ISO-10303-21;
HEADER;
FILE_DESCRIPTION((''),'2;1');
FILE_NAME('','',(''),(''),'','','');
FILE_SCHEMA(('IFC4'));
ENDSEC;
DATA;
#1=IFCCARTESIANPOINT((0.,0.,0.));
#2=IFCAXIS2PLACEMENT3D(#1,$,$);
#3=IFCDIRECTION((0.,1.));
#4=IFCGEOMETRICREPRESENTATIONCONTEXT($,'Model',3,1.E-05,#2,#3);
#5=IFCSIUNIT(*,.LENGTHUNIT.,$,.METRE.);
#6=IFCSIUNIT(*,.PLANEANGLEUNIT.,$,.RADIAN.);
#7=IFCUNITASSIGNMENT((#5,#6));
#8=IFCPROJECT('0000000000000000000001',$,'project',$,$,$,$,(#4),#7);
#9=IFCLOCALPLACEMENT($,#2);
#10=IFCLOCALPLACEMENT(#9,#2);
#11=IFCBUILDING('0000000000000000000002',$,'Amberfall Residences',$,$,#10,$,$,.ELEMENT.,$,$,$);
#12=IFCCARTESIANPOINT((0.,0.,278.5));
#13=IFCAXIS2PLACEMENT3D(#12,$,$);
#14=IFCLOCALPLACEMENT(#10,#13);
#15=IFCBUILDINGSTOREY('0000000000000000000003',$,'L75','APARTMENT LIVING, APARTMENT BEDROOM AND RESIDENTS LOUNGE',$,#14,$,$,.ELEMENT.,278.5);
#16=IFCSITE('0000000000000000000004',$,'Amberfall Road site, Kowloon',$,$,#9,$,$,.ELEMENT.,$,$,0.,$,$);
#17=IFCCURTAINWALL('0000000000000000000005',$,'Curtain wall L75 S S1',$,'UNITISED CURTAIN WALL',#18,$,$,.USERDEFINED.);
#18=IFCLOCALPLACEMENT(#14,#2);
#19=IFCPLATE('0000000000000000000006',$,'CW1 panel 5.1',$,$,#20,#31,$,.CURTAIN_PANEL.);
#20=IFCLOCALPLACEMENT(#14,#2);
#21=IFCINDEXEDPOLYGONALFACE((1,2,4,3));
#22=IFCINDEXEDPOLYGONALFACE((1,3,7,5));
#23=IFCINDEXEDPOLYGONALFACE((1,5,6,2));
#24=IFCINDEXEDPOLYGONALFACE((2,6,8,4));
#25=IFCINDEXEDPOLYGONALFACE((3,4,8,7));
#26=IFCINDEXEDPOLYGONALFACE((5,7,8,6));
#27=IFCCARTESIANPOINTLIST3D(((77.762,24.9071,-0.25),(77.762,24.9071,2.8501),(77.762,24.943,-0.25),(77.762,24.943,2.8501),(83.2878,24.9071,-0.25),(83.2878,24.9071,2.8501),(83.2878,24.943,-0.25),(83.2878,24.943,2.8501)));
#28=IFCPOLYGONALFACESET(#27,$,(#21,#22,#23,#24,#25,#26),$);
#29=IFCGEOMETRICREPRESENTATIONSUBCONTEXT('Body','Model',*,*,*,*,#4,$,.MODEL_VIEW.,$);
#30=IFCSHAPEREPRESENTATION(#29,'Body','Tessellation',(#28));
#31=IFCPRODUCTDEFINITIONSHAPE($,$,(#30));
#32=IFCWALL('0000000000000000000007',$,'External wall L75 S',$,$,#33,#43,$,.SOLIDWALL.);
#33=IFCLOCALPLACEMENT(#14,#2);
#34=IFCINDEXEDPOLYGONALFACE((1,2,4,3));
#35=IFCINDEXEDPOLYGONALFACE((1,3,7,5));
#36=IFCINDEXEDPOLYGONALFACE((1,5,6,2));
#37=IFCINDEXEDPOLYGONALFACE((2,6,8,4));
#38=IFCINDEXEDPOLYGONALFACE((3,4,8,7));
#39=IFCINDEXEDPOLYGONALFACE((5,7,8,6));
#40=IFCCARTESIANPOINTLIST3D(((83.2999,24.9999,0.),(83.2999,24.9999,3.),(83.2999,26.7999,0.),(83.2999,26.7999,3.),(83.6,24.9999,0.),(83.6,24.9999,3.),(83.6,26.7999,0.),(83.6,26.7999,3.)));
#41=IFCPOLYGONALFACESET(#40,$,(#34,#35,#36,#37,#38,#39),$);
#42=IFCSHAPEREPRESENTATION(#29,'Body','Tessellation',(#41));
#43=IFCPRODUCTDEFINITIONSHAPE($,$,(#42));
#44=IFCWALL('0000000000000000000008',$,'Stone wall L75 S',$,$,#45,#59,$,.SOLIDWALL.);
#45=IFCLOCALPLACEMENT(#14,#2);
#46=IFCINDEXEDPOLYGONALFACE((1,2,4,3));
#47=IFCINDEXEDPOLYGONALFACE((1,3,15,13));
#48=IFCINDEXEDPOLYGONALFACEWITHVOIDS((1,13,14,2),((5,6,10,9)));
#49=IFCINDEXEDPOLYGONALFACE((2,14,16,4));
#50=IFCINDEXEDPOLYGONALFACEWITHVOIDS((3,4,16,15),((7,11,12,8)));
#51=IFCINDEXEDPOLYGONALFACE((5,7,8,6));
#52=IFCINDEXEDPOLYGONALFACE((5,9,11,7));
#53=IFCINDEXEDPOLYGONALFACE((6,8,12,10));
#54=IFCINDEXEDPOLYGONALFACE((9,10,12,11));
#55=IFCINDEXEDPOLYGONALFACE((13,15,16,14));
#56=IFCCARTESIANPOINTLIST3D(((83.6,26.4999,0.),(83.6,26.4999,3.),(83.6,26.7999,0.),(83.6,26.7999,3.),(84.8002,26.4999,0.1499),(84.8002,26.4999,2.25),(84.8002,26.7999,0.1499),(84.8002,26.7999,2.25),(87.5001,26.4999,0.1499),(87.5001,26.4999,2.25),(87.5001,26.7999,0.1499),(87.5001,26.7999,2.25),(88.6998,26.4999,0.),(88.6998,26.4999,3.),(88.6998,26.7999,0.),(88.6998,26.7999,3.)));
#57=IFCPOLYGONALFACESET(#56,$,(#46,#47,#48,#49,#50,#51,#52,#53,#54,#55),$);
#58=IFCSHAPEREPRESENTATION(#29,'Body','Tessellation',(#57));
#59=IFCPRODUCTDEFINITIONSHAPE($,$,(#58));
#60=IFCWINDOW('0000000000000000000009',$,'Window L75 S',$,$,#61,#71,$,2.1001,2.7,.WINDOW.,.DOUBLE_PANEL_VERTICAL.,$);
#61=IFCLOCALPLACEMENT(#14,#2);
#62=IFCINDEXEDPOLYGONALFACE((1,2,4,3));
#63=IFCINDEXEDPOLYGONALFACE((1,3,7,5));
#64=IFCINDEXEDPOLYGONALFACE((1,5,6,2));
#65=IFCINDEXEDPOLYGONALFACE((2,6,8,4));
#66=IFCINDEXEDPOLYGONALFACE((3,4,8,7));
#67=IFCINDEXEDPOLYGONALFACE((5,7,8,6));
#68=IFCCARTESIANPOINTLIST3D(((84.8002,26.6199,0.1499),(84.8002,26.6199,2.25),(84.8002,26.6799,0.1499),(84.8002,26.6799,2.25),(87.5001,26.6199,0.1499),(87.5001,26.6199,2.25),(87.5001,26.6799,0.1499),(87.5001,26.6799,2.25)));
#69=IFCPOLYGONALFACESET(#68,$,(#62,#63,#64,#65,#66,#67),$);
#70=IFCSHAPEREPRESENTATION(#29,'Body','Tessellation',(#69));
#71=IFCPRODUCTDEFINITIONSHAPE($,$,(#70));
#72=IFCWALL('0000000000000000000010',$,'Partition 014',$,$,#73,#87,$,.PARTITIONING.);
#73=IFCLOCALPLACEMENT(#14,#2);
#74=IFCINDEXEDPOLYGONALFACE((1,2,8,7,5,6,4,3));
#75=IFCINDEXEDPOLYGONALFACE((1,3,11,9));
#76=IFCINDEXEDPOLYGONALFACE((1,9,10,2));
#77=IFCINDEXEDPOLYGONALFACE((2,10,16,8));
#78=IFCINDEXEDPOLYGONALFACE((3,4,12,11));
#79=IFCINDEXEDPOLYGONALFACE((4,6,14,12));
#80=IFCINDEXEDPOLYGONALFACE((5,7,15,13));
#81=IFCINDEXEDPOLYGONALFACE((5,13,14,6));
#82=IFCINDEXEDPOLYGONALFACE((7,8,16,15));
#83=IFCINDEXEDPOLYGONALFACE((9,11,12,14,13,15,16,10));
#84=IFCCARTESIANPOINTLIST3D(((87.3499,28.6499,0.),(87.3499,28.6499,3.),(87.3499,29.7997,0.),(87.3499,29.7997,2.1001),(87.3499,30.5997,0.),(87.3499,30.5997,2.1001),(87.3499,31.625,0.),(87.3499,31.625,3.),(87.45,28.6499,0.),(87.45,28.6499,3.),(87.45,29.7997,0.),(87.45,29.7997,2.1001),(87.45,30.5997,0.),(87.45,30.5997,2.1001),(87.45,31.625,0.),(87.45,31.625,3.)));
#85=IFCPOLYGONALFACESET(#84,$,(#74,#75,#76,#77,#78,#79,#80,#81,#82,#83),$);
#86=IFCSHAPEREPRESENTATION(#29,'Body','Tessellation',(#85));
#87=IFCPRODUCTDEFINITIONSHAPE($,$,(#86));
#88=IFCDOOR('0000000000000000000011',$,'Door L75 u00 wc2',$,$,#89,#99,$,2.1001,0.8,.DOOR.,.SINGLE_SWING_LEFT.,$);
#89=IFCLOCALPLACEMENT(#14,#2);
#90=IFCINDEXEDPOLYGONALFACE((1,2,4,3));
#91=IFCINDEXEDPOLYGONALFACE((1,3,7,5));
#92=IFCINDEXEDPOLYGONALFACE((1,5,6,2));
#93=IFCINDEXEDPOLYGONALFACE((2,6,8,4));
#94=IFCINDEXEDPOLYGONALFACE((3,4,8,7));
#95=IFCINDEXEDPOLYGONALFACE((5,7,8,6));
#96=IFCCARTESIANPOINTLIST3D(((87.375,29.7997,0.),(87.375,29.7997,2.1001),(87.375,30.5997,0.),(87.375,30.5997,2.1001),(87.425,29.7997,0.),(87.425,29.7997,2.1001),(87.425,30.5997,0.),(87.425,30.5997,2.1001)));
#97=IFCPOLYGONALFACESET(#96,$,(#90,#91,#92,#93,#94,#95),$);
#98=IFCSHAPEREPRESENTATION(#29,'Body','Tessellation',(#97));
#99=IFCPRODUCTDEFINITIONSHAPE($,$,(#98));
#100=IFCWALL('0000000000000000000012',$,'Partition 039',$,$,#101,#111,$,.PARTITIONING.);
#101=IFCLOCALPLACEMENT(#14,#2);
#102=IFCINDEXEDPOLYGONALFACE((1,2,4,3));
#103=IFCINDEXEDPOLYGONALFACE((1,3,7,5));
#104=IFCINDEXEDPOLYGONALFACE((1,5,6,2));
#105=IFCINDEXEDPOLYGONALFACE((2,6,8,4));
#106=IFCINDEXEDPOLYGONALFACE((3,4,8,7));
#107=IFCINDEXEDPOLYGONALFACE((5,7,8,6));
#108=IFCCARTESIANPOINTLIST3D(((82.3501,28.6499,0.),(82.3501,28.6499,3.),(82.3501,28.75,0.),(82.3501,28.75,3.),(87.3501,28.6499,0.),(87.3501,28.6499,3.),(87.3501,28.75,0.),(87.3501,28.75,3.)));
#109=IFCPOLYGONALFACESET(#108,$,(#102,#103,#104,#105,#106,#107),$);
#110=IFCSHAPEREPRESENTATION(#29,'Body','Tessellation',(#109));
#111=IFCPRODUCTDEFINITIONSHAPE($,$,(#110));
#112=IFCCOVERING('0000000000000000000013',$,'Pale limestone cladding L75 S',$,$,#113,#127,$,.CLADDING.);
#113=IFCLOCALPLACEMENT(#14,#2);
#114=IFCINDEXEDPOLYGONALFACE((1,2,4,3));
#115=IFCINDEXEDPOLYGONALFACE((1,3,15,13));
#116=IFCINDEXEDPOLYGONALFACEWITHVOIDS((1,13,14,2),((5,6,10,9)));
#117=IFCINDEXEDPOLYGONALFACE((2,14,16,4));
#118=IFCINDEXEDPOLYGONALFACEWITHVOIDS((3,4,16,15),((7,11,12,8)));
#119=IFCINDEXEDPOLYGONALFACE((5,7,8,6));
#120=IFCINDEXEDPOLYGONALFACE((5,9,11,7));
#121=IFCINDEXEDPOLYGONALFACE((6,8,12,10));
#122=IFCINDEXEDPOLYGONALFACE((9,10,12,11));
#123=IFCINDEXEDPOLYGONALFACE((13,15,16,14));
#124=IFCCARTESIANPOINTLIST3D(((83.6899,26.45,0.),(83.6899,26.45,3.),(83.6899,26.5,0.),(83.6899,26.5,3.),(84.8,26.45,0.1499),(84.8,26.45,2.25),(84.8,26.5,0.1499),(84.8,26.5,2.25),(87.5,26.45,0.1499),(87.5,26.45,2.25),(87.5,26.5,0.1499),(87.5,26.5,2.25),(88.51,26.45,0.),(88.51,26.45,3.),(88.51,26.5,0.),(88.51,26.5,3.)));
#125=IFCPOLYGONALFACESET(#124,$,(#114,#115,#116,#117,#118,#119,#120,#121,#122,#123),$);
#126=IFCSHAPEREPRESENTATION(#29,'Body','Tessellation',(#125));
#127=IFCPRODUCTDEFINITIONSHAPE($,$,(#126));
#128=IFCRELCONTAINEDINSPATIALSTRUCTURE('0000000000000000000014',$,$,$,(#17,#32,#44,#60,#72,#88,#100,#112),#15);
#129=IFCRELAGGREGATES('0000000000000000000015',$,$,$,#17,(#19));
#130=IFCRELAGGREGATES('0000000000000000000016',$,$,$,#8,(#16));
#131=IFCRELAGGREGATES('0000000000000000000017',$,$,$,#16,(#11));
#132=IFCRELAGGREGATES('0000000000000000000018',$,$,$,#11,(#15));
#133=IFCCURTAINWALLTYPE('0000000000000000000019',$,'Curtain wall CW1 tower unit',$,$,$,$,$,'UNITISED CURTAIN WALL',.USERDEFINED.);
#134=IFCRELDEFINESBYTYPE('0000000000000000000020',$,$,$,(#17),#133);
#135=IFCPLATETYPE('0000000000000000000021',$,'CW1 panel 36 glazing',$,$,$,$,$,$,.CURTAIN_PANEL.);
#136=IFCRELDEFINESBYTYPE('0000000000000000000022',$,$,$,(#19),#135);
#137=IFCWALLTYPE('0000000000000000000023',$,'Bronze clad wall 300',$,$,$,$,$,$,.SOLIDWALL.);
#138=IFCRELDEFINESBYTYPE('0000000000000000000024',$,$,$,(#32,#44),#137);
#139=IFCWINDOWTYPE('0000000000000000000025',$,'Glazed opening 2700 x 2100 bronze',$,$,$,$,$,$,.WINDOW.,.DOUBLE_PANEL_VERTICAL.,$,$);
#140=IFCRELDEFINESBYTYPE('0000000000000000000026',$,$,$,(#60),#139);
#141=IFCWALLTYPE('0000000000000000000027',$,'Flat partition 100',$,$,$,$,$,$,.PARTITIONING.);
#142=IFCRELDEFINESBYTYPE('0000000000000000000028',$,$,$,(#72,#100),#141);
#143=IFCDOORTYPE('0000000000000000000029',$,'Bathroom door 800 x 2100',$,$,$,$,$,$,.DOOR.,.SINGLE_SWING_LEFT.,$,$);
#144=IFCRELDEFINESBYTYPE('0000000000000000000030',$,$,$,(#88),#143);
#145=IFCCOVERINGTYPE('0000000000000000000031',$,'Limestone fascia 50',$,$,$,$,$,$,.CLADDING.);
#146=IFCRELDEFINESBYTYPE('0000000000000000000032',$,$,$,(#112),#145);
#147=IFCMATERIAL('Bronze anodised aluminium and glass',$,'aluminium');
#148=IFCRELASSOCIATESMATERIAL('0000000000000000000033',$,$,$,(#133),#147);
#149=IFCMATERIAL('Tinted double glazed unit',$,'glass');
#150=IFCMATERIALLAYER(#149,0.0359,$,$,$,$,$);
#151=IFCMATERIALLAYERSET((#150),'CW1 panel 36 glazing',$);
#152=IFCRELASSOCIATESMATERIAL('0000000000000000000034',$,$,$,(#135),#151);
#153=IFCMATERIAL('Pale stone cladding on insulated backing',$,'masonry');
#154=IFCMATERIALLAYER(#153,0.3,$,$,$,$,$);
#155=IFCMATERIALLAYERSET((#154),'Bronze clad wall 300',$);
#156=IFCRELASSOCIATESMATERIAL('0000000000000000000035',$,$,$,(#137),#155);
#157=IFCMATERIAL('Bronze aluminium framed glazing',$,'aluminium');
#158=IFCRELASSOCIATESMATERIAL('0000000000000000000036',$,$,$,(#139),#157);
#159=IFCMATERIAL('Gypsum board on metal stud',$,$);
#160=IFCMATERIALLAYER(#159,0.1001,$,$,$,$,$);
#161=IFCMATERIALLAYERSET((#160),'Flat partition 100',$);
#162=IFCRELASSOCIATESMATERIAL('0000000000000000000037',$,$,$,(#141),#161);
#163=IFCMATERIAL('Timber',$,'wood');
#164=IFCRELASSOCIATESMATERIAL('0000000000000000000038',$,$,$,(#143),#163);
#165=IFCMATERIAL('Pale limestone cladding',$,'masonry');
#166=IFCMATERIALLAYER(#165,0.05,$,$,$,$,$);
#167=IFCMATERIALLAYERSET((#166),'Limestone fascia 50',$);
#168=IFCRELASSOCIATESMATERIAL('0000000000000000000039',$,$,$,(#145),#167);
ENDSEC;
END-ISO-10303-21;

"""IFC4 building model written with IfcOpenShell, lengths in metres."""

from ifc_helpers import new_model, si_unit, direction, frame, frame_2d, origin, origin_2d, place, context, subcontext, project, spatial, polyline, rectangle, outline, extrude, material, layer, layer_set, type_object, element, fill, aggregate, save


model = new_model("IFC4")

# Units and contexts
model_context = context("Model", 3, precision=1e-05, world=origin(), true_north=direction((0.0, 1.0)))
body_context = subcontext(model_context, "Body", "Model", "MODEL_VIEW")
ifc_project = project(units=[si_unit("LENGTHUNIT", "METRE"), si_unit("PLANEANGLEUNIT", "RADIAN")], contexts=[model_context])

# Site, building, storey
site_placement = place(None, origin())
site = spatial("IfcSite", under=ifc_project, at=site_placement, Name="Amberfall Road site, Kowloon", CompositionType="ELEMENT", RefElevation=0.0)
building_placement = place(site_placement, origin())
building = spatial("IfcBuilding", under=site, at=building_placement, Name="Amberfall Residences", CompositionType="ELEMENT")
storey_placement = place(building_placement, frame((0.0, 0.0, 278.5)))
storey = spatial("IfcBuildingStorey", under=building, at=storey_placement, Name="L75", Description="APARTMENT LIVING, APARTMENT BEDROOM AND RESIDENTS LOUNGE", CompositionType="ELEMENT", Elevation=278.5)

# Curtain wall
ifc_material_1 = material(Name="Bronze anodised aluminium and glass", Category="aluminium")
curtain_wall_type = type_object("IfcCurtainWallType", Name="Curtain wall CW1 tower unit", ElementType="UNITISED CURTAIN WALL", PredefinedType="USERDEFINED", material=ifc_material_1)
curtain_wall_placement = place(storey_placement, origin())
curtain_wall = element("IfcCurtainWall", 1, at=curtain_wall_placement, inside=storey, type_object=curtain_wall_type, Name="Curtain wall L75 S S1", ObjectType="UNITISED CURTAIN WALL", PredefinedType="USERDEFINED")

# Plate
ifc_material_2 = material(Name="Tinted double glazed unit", Category="glass")
ifc_layer_1 = layer(ifc_material_2, 0.0359)
ifc_layer_set_1 = layer_set([ifc_layer_1], Name="CW1 panel 36 glazing")
plate_type = type_object("IfcPlateType", Name="CW1 panel 36 glazing", PredefinedType="CURTAIN_PANEL", material=ifc_layer_set_1)
plate_1_placement = place(storey_placement, frame((80.5249, 24.925, -0.25), z_axis=(0.0, 0.0, 1.0), x_axis=(1.0, 0.0, 0.0)))
plate_1 = element("IfcPlate", 2, at=plate_1_placement, type_object=plate_type, Name="CW1 panel 5.1", PredefinedType="CURTAIN_PANEL", context=body_context, shape_type="SweptSolid", body=[
    extrude(rectangle(XDim=5.5259, YDim=0.0359, at=origin_2d()), origin(), (0.0, 0.0, 1.0), 3.1001),
])
aggregate(curtain_wall, [plate_1])

# Wall
ifc_material_3 = material(Name="Pale stone cladding on insulated backing", Category="masonry")
ifc_layer_2 = layer(ifc_material_3, 0.3)
ifc_layer_set_2 = layer_set([ifc_layer_2], Name="Bronze clad wall 300")
wall_type_1 = type_object("IfcWallType", Name="Bronze clad wall 300", PredefinedType="SOLIDWALL", material=ifc_layer_set_2)
wall_1_placement = place(storey_placement, frame((83.45, 25.0, 0.0), z_axis=(0.0, 0.0, 1.0), x_axis=(0.0, 1.0, 0.0)))
element("IfcWall", 3, at=wall_1_placement, inside=storey, type_object=wall_type_1, Name="External wall L75 S", PredefinedType="SOLIDWALL", context=body_context, shape_type="SweptSolid", body=[
    extrude(rectangle(XDim=1.8, YDim=0.3, at=frame_2d((0.8999, 0.0))), origin(), (0.0, 0.0, 1.0), 3.0),
])

# Wall, opening, window
wall_2_placement = place(storey_placement, frame((83.6001, 26.6499, 0.0), z_axis=(0.0, 0.0, 1.0), x_axis=(1.0, 0.0, 0.0)))
wall_2 = element("IfcWall", 4, at=wall_2_placement, inside=storey, type_object=wall_type_1, Name="Stone wall L75 S", PredefinedType="SOLIDWALL", context=body_context, shape_type="SweptSolid", body=[
    extrude(rectangle(XDim=5.0999, YDim=0.3, at=frame_2d((2.5498, 0.0))), origin(), (0.0, 0.0, 1.0), 3.0),
])
opening_1_placement = place(wall_2_placement, frame((1.2, 0.0, 0.1499)))
opening_1 = element("IfcOpeningElement", 5, at=opening_1_placement, cuts=wall_2, PredefinedType="OPENING", context=body_context, shape_type="SweptSolid", body=[
    extrude(rectangle(XDim=2.7, YDim=2.1001, at=frame_2d((1.3501, 1.05))), frame((0.0, 0.1599, 0.0), z_axis=(0.0, -1.0, 0.0), x_axis=(1.0, 0.0, 0.0)), (0.0, 0.0, 1.0), 0.3201),
])
ifc_material_4 = material(Name="Bronze aluminium framed glazing", Category="aluminium")
window_type = type_object("IfcWindowType", Name="Glazed opening 2700 x 2100 bronze", PartitioningType="DOUBLE_PANEL_VERTICAL", PredefinedType="WINDOW", material=ifc_material_4)
window_placement = place(opening_1_placement, origin())
window = element("IfcWindow", 6, at=window_placement, inside=storey, type_object=window_type, Name="Window L75 S", OverallHeight=2.1001, OverallWidth=2.7, PartitioningType="DOUBLE_PANEL_VERTICAL", PredefinedType="WINDOW", context=body_context, shape_type="SweptSolid", body=[
    extrude(rectangle(XDim=2.7, YDim=2.1001, at=frame_2d((1.3501, 1.05))), frame((0.0, 0.03, 0.0), z_axis=(0.0, -1.0, 0.0), x_axis=(1.0, 0.0, 0.0)), (0.0, 0.0, 1.0), 0.0601),
])
fill(opening_1, window)

# Wall, opening, door
ifc_material_5 = material(Name="Gypsum board on metal stud")
ifc_layer_3 = layer(ifc_material_5, 0.1001)
ifc_layer_set_3 = layer_set([ifc_layer_3], Name="Flat partition 100")
wall_type_2 = type_object("IfcWallType", Name="Flat partition 100", PredefinedType="PARTITIONING", material=ifc_layer_set_3)
wall_3_placement = place(storey_placement, frame((87.3999, 28.6499, 0.0), z_axis=(0.0, 0.0, 1.0), x_axis=(0.0, 1.0, 0.0)))
wall_3 = element("IfcWall", 7, at=wall_3_placement, inside=storey, type_object=wall_type_2, Name="Partition 014", PredefinedType="PARTITIONING", context=body_context, shape_type="SweptSolid", body=[
    extrude(rectangle(XDim=2.9751, YDim=0.1001, at=frame_2d((1.4875, 0.0))), origin(), (0.0, 0.0, 1.0), 3.0),
])
opening_2_placement = place(wall_3_placement, frame((1.1499, 0.0, 0.0)))
opening_2 = element("IfcOpeningElement", 8, at=opening_2_placement, cuts=wall_3, PredefinedType="OPENING", context=body_context, shape_type="SweptSolid", body=[
    extrude(rectangle(XDim=0.8, YDim=2.1001, at=frame_2d((0.3999, 1.05))), frame((0.0, 0.0601, 0.0), z_axis=(0.0, -1.0, 0.0), x_axis=(1.0, 0.0, 0.0)), (0.0, 0.0, 1.0), 0.1201),
])
ifc_material_6 = material(Name="Timber", Category="wood")
door_type = type_object("IfcDoorType", Name="Bathroom door 800 x 2100", OperationType="SINGLE_SWING_LEFT", PredefinedType="DOOR", material=ifc_material_6)
door_placement = place(opening_2_placement, origin())
door = element("IfcDoor", 9, at=door_placement, inside=storey, type_object=door_type, Name="Door L75 u00 wc2", OperationType="SINGLE_SWING_LEFT", OverallHeight=2.1001, OverallWidth=0.8, PredefinedType="DOOR", context=body_context, shape_type="SweptSolid", body=[
    extrude(rectangle(XDim=0.8, YDim=2.1001, at=frame_2d((0.3999, 1.05))), frame((0.0, 0.0249, 0.0), z_axis=(0.0, -1.0, 0.0), x_axis=(1.0, 0.0, 0.0)), (0.0, 0.0, 1.0), 0.05),
])
fill(opening_2, door)

# Wall
wall_4_placement = place(storey_placement, frame((82.3501, 28.7, 0.0), z_axis=(0.0, 0.0, 1.0), x_axis=(1.0, 0.0, 0.0)))
element("IfcWall", 10, at=wall_4_placement, inside=storey, type_object=wall_type_2, Name="Partition 039", PredefinedType="PARTITIONING", context=body_context, shape_type="SweptSolid", body=[
    extrude(rectangle(XDim=5.0, YDim=0.1001, at=frame_2d((2.5, 0.0))), origin(), (0.0, 0.0, 1.0), 3.0),
])

# Covering
ifc_material_7 = material(Name="Pale limestone cladding", Category="masonry")
ifc_layer_4 = layer(ifc_material_7, 0.05)
ifc_layer_set_4 = layer_set([ifc_layer_4], Name="Limestone fascia 50")
covering_type = type_object("IfcCoveringType", Name="Limestone fascia 50", PredefinedType="CLADDING", material=ifc_layer_set_4)
covering_placement = place(storey_placement, frame((83.6899, 26.5, 3.0), z_axis=(0.0, 1.0, 0.0), x_axis=(1.0, 0.0, 0.0)))
element("IfcCovering", 11, at=covering_placement, inside=storey, type_object=covering_type, Name="Pale limestone cladding L75 S", PredefinedType="CLADDING", context=body_context, shape_type="SweptSolid", body=[
    extrude(outline(polyline([(0.0, 0.0), (4.8201, 0.0), (4.8201, 3.0), (0.0, 3.0), (0.0, 0.0)]), holes=[polyline([(1.1101, 0.75), (3.8101, 0.75), (3.8101, 2.8501), (1.1101, 2.8501), (1.1101, 0.75)])]), origin(), (0.0, 0.0, -1.0), 0.05),
])

save(model, "model.ifc")
